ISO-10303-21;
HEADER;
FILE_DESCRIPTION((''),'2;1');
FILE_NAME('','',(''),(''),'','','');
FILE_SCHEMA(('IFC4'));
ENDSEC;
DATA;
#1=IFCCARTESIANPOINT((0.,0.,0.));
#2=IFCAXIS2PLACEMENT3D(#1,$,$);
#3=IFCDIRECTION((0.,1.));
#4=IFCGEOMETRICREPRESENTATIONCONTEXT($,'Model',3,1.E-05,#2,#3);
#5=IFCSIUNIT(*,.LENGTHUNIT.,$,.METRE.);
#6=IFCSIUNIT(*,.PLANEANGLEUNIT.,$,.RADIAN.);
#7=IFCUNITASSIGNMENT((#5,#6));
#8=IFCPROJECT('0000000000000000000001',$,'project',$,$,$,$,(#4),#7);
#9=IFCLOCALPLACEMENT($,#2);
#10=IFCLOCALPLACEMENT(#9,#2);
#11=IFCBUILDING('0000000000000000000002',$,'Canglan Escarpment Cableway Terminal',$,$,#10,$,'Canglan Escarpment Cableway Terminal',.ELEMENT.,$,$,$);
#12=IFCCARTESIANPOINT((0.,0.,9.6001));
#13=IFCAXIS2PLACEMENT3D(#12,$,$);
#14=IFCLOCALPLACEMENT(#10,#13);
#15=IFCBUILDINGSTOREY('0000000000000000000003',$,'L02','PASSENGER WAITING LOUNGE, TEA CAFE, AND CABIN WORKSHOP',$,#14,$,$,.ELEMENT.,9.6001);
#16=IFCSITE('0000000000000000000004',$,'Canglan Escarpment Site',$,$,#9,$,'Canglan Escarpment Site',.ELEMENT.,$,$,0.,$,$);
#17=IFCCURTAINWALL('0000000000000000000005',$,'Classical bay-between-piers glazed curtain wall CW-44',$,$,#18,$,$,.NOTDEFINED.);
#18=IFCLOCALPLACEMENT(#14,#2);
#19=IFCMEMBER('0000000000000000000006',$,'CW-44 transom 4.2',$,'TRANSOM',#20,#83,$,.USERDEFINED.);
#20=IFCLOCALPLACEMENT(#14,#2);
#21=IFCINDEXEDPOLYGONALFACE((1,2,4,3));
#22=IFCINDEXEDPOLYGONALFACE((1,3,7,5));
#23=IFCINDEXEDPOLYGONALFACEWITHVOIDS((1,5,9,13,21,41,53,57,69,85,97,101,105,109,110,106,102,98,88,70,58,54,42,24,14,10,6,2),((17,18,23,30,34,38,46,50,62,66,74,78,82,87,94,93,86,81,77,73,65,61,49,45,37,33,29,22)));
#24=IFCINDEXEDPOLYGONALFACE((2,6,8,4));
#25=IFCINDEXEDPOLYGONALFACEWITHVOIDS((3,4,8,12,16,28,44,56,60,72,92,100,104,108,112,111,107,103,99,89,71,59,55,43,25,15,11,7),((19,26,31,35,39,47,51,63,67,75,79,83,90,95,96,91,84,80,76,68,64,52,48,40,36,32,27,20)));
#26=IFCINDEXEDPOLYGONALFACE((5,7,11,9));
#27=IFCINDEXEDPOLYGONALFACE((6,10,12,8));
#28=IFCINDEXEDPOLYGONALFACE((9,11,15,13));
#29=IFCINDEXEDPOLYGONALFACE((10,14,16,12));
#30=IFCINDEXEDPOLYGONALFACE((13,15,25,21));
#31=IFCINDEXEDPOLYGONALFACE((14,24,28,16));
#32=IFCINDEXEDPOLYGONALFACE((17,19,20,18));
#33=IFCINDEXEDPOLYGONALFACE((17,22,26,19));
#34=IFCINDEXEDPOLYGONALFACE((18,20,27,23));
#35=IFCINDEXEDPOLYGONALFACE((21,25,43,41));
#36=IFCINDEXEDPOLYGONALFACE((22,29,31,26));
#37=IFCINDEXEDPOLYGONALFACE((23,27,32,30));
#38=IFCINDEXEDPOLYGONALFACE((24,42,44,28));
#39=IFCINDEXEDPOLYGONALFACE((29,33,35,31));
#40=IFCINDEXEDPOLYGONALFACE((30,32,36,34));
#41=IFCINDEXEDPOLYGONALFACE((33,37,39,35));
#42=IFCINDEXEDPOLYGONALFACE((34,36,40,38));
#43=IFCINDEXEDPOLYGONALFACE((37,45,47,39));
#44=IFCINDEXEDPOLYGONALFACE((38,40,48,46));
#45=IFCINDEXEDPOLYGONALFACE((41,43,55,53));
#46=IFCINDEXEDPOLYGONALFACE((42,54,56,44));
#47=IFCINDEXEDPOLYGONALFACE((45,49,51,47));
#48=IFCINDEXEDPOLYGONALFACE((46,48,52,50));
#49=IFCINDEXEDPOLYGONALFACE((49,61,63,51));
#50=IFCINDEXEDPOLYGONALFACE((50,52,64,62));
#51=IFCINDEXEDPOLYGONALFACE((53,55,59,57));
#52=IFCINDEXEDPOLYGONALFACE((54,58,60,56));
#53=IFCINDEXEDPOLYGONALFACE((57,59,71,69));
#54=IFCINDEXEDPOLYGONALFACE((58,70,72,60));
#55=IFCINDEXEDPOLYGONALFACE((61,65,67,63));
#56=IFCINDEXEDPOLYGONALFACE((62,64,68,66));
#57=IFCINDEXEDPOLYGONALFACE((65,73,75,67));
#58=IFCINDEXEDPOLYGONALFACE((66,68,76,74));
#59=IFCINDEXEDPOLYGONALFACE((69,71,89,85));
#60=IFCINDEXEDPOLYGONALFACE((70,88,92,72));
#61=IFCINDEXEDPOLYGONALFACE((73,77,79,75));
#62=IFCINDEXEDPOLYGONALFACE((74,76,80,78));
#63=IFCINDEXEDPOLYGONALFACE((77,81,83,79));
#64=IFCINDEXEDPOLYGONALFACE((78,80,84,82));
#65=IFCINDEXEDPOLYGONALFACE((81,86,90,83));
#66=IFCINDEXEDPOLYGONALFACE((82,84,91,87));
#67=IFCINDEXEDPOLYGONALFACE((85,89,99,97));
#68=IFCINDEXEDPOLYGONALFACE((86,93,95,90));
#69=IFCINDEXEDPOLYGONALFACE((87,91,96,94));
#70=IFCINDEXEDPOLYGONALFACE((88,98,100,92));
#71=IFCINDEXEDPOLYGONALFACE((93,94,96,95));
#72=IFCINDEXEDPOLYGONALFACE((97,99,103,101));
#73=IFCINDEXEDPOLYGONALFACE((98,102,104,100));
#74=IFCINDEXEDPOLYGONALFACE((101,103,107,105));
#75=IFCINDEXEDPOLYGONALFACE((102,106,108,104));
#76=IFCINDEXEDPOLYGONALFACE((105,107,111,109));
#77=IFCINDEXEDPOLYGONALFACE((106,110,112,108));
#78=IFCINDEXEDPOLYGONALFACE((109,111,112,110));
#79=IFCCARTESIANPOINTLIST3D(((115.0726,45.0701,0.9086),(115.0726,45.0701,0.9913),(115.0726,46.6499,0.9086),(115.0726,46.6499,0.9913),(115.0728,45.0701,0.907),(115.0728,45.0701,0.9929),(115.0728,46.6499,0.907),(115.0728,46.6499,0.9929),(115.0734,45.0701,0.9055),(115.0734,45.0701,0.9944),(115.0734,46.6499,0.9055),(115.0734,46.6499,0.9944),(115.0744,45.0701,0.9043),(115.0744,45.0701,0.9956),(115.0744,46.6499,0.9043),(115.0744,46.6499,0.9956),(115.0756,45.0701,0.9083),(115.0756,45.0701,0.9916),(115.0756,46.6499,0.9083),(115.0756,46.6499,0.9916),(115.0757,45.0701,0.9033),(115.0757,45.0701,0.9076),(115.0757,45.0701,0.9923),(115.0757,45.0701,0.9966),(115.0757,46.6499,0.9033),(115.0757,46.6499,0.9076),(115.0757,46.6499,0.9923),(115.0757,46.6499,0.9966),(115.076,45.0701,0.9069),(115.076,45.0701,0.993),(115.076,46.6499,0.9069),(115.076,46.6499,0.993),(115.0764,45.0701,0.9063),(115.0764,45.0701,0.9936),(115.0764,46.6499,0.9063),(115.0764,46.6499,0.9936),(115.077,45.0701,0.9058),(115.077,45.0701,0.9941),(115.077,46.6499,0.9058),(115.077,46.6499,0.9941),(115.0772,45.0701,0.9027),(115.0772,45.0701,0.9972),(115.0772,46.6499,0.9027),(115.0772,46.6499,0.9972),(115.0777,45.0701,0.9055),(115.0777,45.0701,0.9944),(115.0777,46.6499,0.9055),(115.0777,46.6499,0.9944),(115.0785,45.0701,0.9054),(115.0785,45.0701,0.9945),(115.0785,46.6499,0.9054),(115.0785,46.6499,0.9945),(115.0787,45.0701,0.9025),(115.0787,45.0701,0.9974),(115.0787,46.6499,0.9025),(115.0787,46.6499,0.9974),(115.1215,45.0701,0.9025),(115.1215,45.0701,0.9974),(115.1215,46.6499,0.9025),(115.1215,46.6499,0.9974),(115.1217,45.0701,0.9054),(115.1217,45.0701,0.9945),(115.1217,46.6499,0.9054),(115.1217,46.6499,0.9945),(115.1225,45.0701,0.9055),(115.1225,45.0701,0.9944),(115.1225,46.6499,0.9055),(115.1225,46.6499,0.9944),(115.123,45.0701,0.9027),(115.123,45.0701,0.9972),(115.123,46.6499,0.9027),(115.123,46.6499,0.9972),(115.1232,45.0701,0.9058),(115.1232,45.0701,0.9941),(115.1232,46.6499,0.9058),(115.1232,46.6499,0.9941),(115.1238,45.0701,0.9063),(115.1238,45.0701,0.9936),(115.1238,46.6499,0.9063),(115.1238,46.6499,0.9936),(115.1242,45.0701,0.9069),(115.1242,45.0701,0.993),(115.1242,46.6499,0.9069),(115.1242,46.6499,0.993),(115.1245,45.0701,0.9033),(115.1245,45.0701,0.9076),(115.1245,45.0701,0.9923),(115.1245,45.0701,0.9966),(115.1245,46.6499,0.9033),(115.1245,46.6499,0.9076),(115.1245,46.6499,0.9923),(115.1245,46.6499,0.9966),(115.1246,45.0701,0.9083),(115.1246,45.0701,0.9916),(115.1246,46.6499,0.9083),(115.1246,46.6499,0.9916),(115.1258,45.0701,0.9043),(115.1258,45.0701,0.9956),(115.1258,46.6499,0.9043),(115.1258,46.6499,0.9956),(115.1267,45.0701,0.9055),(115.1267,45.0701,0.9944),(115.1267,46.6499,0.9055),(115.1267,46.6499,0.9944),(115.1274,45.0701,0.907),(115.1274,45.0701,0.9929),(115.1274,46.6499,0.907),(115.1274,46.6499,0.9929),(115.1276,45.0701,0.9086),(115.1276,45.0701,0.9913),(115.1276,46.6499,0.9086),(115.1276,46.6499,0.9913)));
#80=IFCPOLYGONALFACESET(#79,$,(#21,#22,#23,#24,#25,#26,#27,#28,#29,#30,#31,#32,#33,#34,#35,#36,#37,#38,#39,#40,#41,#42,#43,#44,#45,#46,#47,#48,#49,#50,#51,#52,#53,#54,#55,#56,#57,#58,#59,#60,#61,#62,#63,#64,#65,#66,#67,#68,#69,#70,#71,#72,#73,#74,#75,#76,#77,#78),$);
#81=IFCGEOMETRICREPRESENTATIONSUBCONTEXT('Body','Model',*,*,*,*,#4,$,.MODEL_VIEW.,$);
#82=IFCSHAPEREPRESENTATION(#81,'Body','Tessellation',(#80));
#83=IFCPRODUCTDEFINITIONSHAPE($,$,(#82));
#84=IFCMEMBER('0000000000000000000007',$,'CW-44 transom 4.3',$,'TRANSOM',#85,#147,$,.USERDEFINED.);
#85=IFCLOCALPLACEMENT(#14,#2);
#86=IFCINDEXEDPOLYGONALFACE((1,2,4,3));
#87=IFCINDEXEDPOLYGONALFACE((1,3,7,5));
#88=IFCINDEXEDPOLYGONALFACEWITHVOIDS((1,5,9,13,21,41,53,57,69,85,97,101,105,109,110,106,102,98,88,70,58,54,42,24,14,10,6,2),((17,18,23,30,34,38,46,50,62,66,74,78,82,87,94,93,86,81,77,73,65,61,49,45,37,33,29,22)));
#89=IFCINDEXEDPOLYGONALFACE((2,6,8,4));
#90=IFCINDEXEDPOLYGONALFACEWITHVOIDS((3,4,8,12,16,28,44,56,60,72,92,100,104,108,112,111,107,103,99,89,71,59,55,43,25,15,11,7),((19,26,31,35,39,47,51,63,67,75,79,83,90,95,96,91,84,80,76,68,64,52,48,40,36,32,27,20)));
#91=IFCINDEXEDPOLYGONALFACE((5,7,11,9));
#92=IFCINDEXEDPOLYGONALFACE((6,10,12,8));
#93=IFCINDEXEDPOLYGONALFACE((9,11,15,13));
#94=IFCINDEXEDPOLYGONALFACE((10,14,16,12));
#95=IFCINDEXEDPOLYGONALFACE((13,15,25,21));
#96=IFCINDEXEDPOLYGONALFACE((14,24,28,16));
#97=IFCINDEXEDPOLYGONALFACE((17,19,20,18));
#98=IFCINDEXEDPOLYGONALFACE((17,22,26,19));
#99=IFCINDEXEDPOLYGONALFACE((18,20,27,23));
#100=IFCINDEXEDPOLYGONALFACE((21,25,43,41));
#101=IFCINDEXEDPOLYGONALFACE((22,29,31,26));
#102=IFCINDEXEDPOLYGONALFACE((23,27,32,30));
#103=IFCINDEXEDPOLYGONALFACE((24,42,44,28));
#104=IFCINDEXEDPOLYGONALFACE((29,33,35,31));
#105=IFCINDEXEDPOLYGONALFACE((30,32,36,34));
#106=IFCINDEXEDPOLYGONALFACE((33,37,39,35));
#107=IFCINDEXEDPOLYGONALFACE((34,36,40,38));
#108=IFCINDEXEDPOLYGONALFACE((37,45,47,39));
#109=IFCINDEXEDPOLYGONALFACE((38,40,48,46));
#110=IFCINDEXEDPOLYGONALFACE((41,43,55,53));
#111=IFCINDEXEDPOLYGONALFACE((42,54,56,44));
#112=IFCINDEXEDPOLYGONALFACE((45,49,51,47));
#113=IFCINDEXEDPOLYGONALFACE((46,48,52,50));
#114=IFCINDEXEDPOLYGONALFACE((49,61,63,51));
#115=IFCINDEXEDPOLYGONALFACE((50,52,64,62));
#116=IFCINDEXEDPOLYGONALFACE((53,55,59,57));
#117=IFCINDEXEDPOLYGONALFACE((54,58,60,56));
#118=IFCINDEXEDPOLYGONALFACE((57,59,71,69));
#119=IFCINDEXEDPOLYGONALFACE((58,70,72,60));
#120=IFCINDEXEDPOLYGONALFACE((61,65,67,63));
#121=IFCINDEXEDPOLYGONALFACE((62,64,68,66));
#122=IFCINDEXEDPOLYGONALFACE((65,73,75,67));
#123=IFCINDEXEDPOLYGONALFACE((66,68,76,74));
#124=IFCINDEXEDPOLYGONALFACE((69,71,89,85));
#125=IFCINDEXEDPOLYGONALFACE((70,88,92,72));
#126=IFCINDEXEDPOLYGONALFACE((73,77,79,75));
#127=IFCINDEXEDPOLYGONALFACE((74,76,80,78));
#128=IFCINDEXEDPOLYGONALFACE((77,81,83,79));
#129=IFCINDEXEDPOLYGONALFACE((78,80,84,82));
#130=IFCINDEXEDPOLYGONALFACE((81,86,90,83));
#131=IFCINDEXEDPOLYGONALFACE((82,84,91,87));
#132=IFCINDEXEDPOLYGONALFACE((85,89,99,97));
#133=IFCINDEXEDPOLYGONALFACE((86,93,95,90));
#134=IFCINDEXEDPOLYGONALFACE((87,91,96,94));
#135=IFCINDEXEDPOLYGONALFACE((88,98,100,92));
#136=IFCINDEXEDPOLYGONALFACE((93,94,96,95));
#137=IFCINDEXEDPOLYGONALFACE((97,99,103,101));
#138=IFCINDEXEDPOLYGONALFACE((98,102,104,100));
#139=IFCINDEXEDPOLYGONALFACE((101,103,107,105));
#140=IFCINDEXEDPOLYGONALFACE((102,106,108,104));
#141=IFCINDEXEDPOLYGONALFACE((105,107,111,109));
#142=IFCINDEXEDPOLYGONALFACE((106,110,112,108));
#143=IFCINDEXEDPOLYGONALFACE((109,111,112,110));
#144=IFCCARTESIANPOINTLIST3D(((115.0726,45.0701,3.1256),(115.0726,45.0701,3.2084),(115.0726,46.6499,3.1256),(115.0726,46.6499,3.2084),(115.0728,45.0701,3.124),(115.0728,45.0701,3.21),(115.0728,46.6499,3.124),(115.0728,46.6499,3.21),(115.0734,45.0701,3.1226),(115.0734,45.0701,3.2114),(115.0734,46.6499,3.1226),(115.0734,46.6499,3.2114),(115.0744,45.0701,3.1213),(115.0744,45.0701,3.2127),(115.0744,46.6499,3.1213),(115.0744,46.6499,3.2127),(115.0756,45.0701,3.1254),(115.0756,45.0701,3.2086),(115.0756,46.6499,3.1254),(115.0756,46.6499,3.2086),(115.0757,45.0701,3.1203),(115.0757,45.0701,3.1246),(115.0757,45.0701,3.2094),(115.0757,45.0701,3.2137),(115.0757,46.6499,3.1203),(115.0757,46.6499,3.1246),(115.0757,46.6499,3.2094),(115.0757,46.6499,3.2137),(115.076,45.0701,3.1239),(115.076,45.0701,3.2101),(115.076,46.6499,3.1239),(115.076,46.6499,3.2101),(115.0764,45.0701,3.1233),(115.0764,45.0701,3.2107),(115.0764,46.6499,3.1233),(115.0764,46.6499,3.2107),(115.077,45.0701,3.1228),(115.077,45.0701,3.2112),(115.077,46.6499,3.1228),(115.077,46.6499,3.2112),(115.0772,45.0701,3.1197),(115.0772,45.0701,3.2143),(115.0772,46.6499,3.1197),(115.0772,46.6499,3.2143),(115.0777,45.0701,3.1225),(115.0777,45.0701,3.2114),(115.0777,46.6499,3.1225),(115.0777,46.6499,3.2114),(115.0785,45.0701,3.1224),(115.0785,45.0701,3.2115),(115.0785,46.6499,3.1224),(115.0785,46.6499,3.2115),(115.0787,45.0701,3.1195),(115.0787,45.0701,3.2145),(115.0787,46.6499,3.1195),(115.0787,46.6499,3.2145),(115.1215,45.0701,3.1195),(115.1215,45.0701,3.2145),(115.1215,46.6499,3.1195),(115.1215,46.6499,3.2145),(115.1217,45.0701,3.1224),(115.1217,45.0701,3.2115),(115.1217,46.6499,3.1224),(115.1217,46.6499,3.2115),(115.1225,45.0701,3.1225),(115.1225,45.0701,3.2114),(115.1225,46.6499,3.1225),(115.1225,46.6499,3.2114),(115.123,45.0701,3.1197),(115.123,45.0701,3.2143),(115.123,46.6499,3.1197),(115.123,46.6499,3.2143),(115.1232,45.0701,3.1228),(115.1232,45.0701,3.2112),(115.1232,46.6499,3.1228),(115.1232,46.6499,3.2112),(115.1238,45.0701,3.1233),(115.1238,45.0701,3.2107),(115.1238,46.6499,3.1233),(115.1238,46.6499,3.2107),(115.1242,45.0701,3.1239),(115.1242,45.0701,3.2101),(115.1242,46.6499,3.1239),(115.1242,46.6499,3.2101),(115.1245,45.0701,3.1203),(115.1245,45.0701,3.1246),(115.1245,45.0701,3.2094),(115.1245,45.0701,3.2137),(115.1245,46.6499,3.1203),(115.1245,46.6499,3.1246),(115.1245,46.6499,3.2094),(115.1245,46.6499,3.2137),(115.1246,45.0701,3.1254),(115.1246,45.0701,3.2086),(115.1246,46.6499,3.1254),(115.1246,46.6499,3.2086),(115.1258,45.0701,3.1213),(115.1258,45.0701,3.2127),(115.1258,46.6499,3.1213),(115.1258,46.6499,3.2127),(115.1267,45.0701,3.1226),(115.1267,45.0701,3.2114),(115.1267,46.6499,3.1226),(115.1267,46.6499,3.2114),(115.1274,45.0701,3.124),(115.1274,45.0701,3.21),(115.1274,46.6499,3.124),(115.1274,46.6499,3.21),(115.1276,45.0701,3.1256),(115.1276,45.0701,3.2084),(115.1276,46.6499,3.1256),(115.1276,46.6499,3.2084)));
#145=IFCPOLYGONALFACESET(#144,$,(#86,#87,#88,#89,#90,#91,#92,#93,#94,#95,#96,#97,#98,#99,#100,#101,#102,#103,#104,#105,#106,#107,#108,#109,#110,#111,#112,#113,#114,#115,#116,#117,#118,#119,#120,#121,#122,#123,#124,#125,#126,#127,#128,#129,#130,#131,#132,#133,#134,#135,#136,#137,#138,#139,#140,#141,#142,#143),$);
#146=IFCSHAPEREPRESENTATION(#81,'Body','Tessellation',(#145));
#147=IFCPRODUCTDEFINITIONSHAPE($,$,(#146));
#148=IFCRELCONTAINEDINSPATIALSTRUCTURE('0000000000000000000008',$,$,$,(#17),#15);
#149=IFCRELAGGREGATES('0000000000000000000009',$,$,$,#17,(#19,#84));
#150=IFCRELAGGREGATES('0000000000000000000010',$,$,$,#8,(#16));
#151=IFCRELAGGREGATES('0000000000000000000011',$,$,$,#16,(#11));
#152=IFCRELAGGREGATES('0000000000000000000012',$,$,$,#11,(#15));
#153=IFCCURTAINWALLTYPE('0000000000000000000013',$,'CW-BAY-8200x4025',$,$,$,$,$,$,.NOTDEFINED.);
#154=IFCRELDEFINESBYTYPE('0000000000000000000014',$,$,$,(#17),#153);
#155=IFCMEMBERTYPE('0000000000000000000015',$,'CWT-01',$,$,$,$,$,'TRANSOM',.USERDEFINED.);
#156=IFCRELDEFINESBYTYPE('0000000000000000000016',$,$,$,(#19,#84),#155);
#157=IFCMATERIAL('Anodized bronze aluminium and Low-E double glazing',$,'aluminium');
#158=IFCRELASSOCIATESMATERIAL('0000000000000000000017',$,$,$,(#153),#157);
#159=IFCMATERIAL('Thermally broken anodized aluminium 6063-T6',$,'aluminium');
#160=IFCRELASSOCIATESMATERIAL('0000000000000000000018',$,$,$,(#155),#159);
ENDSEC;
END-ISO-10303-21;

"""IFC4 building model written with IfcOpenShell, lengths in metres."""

from ifc_helpers import new_model, si_unit, direction, frame, origin, origin_2d, place, context, subcontext, project, spatial, hollow_rectangle, extrude, material, material_profile, profile_set, type_object, element, aggregate, save


model = new_model("IFC4")

# Units and contexts
model_context = context("Model", 3, precision=1e-05, world=origin(), true_north=direction((0.0, 1.0)))
body_context = subcontext(model_context, "Body", "Model", "MODEL_VIEW")
ifc_project = project(units=[si_unit("LENGTHUNIT", "METRE"), si_unit("PLANEANGLEUNIT", "RADIAN")], contexts=[model_context])

# Site, building, storey
site_placement = place(None, origin())
site = spatial("IfcSite", under=ifc_project, at=site_placement, Name="Canglan Escarpment Site", LongName="Canglan Escarpment Site", CompositionType="ELEMENT", RefElevation=0.0)
building_placement = place(site_placement, origin())
building = spatial("IfcBuilding", under=site, at=building_placement, Name="Canglan Escarpment Cableway Terminal", LongName="Canglan Escarpment Cableway Terminal", CompositionType="ELEMENT")
storey_placement = place(building_placement, frame((0.0, 0.0, 9.6001)))
storey = spatial("IfcBuildingStorey", under=building, at=storey_placement, Name="L02", Description="PASSENGER WAITING LOUNGE, TEA CAFE, AND CABIN WORKSHOP", CompositionType="ELEMENT", Elevation=9.6001)

# Curtain wall, members
ifc_material_1 = material(Name="Anodized bronze aluminium and Low-E double glazing", Category="aluminium")
curtain_wall_type = type_object("IfcCurtainWallType", Name="CW-BAY-8200x4025", PredefinedType="NOTDEFINED", material=ifc_material_1)
curtain_wall_placement = place(storey_placement, origin())
curtain_wall = element("IfcCurtainWall", 1, at=curtain_wall_placement, inside=storey, type_object=curtain_wall_type, Name="Classical bay-between-piers glazed curtain wall CW-44", PredefinedType="NOTDEFINED")
ifc_material_2 = material(Name="Thermally broken anodized aluminium 6063-T6", Category="aluminium")
ifc_material_profile_1 = material_profile(ifc_material_2, hollow_rectangle(XDim=0.0549, YDim=0.095, WallThickness=0.0029, InnerFilletRadius=0.0029, OuterFilletRadius=0.0061, at=origin_2d()), Name="ALU-TRAN 55x95x3")
ifc_profile_set_1 = profile_set([ifc_material_profile_1], Name="Thermally broken anodized aluminium 6063-T6")
member_type_1 = type_object("IfcMemberType", Name="CWT-01", ElementType="TRANSOM", PredefinedType="USERDEFINED", material=ifc_profile_set_1)
member_1_placement = place(storey_placement, frame((115.1001, 46.6499, 0.95), z_axis=(0.0, -1.0, 0.0), x_axis=(1.0, 0.0, 0.0)))
member_1 = element("IfcMember", 2, at=member_1_placement, type_object=member_type_1, Name="CW-44 transom 4.2", ObjectType="TRANSOM", PredefinedType="USERDEFINED", context=body_context, shape_type="SweptSolid", body=[
    extrude(hollow_rectangle(XDim=0.0549, YDim=0.095, WallThickness=0.0029, InnerFilletRadius=0.0029, OuterFilletRadius=0.0061, at=origin_2d()), origin(), (0.0, 0.0, 1.0), 1.5798),
])
member_2_placement = place(storey_placement, frame((115.1001, 46.6499, 3.167), z_axis=(0.0, -1.0, 0.0), x_axis=(1.0, 0.0, 0.0)))
member_2 = element("IfcMember", 3, at=member_2_placement, type_object=member_type_1, Name="CW-44 transom 4.3", ObjectType="TRANSOM", PredefinedType="USERDEFINED", context=body_context, shape_type="SweptSolid", body=[
    extrude(hollow_rectangle(XDim=0.0549, YDim=0.095, WallThickness=0.0029, InnerFilletRadius=0.0029, OuterFilletRadius=0.0061, at=origin_2d()), origin(), (0.0, 0.0, 1.0), 1.5798),
])
aggregate(curtain_wall, [member_1, member_2])

save(model, "model.ifc")
